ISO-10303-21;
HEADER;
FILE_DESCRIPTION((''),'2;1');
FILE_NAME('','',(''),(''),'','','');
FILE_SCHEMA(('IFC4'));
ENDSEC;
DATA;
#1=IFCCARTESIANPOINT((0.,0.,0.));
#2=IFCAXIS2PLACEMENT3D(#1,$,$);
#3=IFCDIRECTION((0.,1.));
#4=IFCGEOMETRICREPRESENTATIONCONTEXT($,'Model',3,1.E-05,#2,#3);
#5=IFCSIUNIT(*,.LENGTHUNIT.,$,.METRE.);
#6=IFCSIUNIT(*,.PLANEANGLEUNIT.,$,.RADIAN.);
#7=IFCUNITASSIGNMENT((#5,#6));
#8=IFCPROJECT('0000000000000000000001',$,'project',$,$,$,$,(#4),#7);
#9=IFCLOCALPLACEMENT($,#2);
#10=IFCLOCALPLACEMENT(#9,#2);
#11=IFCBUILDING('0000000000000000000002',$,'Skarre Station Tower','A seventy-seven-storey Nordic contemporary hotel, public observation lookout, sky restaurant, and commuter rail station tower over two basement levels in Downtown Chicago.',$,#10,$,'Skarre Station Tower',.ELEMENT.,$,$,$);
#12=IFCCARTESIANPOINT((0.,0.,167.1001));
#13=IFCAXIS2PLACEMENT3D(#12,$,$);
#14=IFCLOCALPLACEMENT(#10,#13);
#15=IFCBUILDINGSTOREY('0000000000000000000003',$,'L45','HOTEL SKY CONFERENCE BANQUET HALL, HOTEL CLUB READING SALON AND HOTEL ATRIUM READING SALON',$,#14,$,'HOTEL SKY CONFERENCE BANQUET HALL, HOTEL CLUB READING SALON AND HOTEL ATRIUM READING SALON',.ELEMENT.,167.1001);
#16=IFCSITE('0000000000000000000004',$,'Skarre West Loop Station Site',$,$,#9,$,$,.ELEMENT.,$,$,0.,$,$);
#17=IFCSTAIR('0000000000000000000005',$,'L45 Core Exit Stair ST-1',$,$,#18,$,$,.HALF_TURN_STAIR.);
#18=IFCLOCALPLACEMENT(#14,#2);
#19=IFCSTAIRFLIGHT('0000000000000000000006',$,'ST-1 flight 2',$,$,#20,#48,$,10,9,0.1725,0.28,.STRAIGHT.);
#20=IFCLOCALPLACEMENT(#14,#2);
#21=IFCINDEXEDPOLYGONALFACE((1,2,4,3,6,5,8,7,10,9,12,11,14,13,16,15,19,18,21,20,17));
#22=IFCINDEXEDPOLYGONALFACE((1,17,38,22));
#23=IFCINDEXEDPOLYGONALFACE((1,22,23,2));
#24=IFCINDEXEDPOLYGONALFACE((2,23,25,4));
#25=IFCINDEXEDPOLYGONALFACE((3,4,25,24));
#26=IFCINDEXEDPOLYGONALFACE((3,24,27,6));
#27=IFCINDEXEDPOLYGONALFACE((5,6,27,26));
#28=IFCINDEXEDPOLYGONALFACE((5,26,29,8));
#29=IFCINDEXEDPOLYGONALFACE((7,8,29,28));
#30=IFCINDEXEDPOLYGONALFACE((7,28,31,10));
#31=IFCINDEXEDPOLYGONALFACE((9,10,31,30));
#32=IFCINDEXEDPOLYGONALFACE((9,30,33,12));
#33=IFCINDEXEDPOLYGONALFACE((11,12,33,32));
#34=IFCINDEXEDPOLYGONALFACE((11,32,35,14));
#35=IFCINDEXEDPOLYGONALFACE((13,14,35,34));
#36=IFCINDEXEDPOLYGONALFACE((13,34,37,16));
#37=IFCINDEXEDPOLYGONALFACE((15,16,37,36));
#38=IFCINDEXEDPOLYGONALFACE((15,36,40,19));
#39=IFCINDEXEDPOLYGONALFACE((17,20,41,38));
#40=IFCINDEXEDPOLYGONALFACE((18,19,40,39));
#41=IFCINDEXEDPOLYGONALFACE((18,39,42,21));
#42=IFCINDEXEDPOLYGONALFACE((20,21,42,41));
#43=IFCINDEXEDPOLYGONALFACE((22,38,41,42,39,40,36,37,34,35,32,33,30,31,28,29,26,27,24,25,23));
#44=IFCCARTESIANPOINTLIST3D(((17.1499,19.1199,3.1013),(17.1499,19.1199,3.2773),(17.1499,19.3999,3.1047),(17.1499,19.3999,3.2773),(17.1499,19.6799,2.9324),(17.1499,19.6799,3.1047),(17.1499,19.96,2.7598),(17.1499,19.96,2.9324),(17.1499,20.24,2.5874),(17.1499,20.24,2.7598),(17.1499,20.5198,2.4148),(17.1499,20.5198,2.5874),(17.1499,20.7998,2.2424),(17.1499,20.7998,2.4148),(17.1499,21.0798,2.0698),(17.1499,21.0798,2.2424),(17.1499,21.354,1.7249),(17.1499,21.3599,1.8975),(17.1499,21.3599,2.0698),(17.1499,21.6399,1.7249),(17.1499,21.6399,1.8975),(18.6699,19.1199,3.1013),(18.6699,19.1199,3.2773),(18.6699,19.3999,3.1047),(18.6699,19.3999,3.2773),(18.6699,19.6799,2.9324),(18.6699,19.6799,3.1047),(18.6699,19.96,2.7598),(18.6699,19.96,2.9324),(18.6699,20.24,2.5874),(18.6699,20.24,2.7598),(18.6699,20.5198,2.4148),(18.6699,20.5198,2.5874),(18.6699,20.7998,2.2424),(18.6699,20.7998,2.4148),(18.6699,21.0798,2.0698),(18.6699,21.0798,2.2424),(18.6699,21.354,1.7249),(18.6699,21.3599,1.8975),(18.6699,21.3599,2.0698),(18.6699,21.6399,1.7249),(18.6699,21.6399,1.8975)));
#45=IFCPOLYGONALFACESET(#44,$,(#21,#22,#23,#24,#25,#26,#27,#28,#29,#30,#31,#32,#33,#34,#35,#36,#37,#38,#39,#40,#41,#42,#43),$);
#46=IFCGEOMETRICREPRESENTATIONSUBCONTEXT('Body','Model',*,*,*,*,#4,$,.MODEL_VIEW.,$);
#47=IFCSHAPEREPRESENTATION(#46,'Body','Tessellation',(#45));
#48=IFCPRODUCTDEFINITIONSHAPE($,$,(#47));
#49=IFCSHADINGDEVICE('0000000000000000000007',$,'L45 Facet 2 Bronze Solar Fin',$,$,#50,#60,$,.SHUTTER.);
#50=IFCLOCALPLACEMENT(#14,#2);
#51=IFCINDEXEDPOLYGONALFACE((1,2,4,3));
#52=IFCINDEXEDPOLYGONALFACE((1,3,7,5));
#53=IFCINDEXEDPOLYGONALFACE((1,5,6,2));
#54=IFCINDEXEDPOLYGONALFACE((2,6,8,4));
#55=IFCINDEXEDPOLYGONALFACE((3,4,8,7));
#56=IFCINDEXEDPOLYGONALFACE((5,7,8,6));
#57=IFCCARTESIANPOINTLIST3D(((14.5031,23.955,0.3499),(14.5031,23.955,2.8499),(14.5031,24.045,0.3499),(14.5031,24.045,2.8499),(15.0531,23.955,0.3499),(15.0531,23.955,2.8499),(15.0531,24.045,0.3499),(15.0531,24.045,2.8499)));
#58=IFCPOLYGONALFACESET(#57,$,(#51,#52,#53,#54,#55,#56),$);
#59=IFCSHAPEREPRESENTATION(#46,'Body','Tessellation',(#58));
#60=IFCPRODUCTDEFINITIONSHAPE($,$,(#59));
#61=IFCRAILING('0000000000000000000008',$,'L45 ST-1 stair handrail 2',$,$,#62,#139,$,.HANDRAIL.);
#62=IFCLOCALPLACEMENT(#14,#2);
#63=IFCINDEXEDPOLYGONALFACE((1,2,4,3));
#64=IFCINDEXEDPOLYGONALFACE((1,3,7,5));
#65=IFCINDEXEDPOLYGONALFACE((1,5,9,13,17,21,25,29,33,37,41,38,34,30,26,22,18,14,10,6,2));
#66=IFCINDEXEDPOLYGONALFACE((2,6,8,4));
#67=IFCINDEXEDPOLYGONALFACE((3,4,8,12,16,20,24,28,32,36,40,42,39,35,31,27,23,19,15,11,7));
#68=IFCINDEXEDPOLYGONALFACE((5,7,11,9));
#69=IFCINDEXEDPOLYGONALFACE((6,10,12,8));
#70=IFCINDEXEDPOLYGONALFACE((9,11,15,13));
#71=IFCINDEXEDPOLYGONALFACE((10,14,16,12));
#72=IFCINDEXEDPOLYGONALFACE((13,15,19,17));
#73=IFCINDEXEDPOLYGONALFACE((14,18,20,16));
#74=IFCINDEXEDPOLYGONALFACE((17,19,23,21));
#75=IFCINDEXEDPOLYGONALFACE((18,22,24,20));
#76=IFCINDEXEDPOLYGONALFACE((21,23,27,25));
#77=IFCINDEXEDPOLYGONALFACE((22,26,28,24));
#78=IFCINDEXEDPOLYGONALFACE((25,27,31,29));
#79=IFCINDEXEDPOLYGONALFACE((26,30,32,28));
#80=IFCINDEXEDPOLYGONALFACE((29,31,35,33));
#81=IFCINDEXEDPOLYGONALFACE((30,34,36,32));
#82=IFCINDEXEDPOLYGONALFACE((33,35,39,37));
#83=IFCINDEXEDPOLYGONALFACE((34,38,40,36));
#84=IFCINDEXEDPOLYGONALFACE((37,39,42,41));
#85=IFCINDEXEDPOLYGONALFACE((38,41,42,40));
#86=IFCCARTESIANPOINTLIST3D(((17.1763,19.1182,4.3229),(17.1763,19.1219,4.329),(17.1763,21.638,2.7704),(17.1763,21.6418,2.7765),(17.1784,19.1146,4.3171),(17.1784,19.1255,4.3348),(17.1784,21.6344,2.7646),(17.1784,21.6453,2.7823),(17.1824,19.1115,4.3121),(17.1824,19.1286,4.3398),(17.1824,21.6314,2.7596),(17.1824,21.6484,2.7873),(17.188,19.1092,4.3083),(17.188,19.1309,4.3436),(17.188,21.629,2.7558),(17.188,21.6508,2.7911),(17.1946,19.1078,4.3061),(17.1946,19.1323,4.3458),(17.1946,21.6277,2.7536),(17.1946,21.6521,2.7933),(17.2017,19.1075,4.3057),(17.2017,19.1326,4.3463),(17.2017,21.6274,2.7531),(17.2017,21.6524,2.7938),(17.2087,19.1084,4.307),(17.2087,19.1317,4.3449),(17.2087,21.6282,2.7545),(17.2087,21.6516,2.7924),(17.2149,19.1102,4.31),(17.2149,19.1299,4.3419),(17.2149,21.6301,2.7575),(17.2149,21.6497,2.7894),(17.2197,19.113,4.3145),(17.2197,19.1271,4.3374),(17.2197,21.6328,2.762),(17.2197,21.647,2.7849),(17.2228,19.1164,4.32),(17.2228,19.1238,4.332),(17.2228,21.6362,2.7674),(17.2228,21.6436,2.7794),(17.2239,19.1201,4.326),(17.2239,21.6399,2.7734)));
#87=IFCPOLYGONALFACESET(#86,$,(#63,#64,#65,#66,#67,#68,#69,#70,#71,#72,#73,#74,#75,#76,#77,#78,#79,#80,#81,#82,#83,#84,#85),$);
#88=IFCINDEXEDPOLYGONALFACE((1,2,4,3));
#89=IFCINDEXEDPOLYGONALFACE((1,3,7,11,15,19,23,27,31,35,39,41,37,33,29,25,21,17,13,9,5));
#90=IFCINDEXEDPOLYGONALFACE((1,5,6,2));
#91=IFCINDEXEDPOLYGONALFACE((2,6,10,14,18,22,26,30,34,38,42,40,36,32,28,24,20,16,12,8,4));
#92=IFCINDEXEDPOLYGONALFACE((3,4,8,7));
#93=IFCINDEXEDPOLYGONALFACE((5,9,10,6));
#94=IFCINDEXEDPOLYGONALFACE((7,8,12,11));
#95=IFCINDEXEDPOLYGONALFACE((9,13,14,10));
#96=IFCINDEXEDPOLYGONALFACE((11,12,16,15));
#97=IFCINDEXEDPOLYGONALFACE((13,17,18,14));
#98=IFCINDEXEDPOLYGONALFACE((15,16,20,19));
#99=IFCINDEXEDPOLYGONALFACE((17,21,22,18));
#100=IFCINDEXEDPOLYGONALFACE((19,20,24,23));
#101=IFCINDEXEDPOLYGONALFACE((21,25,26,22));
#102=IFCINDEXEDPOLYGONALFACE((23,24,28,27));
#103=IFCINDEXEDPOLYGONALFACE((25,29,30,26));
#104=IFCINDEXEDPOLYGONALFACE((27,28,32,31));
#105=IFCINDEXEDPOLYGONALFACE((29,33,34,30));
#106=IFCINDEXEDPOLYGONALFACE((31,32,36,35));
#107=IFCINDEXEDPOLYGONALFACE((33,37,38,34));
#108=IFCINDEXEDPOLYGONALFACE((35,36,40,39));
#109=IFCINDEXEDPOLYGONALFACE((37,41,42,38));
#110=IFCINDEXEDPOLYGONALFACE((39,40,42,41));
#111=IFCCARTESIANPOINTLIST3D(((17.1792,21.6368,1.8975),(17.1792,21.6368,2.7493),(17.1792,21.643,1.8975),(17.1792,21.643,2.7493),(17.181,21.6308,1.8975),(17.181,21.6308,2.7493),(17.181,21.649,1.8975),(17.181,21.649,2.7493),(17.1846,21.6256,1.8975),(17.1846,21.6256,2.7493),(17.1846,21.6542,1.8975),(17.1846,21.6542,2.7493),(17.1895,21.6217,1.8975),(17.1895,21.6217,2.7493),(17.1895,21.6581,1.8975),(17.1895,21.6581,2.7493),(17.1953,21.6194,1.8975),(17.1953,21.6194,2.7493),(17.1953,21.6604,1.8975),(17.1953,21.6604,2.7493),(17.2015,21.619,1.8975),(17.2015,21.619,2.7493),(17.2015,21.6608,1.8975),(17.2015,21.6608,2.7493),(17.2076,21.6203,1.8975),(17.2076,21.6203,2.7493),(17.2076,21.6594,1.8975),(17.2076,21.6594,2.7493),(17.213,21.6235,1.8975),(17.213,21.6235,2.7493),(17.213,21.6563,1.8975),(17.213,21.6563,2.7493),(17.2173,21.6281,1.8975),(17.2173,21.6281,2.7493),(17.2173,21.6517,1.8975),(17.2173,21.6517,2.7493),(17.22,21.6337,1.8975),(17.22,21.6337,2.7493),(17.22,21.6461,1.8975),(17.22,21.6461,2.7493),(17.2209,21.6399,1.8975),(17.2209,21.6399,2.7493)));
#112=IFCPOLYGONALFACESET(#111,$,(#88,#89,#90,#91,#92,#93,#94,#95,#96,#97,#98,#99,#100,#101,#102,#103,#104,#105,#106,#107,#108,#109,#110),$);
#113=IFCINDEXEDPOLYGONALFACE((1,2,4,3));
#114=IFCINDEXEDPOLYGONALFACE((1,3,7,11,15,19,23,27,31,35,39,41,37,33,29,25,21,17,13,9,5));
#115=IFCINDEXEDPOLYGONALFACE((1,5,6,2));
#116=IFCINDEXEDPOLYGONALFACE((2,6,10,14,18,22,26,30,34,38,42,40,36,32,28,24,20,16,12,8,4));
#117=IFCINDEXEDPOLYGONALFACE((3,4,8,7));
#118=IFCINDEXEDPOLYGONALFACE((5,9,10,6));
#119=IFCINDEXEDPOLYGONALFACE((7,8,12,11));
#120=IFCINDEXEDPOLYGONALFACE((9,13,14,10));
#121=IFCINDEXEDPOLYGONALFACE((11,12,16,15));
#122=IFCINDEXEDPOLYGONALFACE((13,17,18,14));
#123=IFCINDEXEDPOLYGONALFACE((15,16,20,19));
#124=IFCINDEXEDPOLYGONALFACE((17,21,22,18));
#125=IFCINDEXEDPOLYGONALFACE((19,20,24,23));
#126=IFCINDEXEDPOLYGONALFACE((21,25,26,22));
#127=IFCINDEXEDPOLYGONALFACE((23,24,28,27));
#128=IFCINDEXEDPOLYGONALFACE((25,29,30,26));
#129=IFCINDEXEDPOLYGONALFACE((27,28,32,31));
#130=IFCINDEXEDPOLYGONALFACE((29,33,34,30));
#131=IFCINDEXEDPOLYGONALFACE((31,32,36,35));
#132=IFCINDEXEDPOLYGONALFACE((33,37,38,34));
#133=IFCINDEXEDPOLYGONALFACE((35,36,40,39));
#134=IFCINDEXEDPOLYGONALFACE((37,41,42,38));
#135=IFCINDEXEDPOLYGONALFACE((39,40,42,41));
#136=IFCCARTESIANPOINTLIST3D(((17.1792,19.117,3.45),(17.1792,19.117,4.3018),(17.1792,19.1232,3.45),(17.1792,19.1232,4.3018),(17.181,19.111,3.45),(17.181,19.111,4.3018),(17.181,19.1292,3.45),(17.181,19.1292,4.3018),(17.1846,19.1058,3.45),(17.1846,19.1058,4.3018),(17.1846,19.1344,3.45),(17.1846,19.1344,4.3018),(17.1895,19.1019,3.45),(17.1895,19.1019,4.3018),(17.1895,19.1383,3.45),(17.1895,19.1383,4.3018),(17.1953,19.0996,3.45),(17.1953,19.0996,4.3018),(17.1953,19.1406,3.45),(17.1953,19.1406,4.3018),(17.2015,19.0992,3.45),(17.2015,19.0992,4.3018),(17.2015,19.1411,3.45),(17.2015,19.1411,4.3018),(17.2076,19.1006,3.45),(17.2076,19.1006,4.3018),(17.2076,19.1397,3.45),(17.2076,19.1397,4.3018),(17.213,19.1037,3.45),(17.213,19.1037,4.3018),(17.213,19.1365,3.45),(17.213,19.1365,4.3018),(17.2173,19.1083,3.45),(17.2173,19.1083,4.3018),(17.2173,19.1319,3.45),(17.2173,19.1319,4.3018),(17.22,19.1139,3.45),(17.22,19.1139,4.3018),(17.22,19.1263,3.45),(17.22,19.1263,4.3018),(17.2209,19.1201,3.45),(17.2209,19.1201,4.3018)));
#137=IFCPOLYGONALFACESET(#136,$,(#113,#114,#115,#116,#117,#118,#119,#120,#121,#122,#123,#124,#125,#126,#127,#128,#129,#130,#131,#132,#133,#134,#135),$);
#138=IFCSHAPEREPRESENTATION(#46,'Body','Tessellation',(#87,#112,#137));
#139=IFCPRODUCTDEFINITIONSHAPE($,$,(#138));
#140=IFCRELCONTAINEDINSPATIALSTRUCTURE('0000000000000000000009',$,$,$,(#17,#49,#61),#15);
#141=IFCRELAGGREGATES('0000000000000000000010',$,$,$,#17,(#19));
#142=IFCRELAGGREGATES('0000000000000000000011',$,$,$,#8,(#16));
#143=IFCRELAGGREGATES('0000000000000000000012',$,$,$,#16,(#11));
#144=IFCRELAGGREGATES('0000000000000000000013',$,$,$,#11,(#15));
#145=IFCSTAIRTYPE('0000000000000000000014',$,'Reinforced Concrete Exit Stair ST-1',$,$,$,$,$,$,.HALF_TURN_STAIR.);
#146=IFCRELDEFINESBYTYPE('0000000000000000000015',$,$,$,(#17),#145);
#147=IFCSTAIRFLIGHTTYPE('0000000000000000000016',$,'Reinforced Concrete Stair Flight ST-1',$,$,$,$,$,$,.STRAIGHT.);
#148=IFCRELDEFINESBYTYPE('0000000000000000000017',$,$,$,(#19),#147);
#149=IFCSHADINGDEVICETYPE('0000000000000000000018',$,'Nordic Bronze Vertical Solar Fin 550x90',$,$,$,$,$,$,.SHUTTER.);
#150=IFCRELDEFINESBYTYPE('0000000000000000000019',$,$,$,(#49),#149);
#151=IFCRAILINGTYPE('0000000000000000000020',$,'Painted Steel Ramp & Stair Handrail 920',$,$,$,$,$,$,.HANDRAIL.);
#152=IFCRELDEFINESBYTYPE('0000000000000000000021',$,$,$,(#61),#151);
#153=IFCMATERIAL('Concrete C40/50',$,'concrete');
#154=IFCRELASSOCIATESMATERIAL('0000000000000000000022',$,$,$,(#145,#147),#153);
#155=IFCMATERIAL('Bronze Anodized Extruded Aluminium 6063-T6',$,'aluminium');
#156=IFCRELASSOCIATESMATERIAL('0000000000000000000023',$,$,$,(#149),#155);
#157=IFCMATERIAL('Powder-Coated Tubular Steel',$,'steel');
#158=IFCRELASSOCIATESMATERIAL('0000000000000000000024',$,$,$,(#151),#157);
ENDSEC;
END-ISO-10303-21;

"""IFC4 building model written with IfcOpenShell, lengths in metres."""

from ifc_helpers import new_model, si_unit, direction, frame, origin, origin_2d, place, context, subcontext, project, spatial, polyline, rectangle, circle, outline, extrude, material, type_object, element, aggregate, save


model = new_model("IFC4")

# Units and contexts
model_context = context("Model", 3, precision=1e-05, world=origin(), true_north=direction((0.0, 1.0)))
body_context = subcontext(model_context, "Body", "Model", "MODEL_VIEW")
ifc_project = project(units=[si_unit("LENGTHUNIT", "METRE"), si_unit("PLANEANGLEUNIT", "RADIAN")], contexts=[model_context])

# Site, building, storey
site_placement = place(None, origin())
site = spatial("IfcSite", under=ifc_project, at=site_placement, Name="Skarre West Loop Station Site", CompositionType="ELEMENT", RefElevation=0.0)
building_placement = place(site_placement, origin())
building = spatial("IfcBuilding", under=site, at=building_placement, Name="Skarre Station Tower", Description="A seventy-seven-storey Nordic contemporary hotel, public observation lookout, sky restaurant, and commuter rail station tower over two basement levels in Downtown Chicago.", LongName="Skarre Station Tower", CompositionType="ELEMENT")
storey_placement = place(building_placement, frame((0.0, 0.0, 167.1001)))
storey = spatial("IfcBuildingStorey", under=building, at=storey_placement, Name="L45", Description="HOTEL SKY CONFERENCE BANQUET HALL, HOTEL CLUB READING SALON AND HOTEL ATRIUM READING SALON", LongName="HOTEL SKY CONFERENCE BANQUET HALL, HOTEL CLUB READING SALON AND HOTEL ATRIUM READING SALON", CompositionType="ELEMENT", Elevation=167.1001)

# Stair, stair flight
ifc_material_1 = material(Name="Concrete C40/50", Category="concrete")
stair_type = type_object("IfcStairType", Name="Reinforced Concrete Exit Stair ST-1", PredefinedType="HALF_TURN_STAIR", material=ifc_material_1)
stair_placement = place(storey_placement, origin())
stair = element("IfcStair", 1, at=stair_placement, inside=storey, type_object=stair_type, Name="L45 Core Exit Stair ST-1", PredefinedType="HALF_TURN_STAIR")
stair_flight_type = type_object("IfcStairFlightType", Name="Reinforced Concrete Stair Flight ST-1", PredefinedType="STRAIGHT", material=ifc_material_1)
stair_flight_placement = place(storey_placement, frame((17.9099, 21.6399, 1.7249), z_axis=(0.0, 0.0, 1.0), x_axis=(0.0, -1.0, 0.0)))
stair_flight = element("IfcStairFlight", 2, at=stair_flight_placement, type_object=stair_flight_type, Name="ST-1 flight 2", NumberOfRisers=10, NumberOfTreads=9, PredefinedType="STRAIGHT", RiserHeight=0.1725, TreadLength=0.28, context=body_context, shape_type="SweptSolid", body=[
    extrude(outline(polyline([(0.0, 0.0), (0.0, 0.1726), (0.28, 0.1726), (0.28, 0.345), (0.5601, 0.345), (0.5601, 0.5176), (0.8401, 0.5176), (0.8401, 0.6899), (1.1201, 0.6899), (1.1201, 0.8625), (1.3999, 0.8625), (1.3999, 1.0349), (1.6799, 1.0349), (1.6799, 1.2075), (1.96, 1.2075), (1.96, 1.3799), (2.24, 1.3799), (2.24, 1.5525), (2.52, 1.5525), (2.52, 1.7251), (2.52, 1.3765), (0.2859, 0.0), (0.0, 0.0)])), frame((0.0, 0.76, 0.0), z_axis=(0.0, -1.0, 0.0), x_axis=(1.0, 0.0, 0.0)), (0.0, 0.0, 1.0), 1.52),
])
aggregate(stair, [stair_flight])

# Shading device
ifc_material_2 = material(Name="Bronze Anodized Extruded Aluminium 6063-T6", Category="aluminium")
shading_device_type = type_object("IfcShadingDeviceType", Name="Nordic Bronze Vertical Solar Fin 550x90", PredefinedType="SHUTTER", material=ifc_material_2)
shading_device_placement = place(storey_placement, frame((14.7781, 24.0, 0.3499), z_axis=(0.0, 0.0, 1.0), x_axis=(-1.0, 0.0, 0.0)))
element("IfcShadingDevice", 3, at=shading_device_placement, inside=storey, type_object=shading_device_type, Name="L45 Facet 2 Bronze Solar Fin", PredefinedType="SHUTTER", context=body_context, shape_type="SweptSolid", body=[
    extrude(rectangle(XDim=0.55, YDim=0.0901, at=origin_2d()), origin(), (0.0, 0.0, 1.0), 2.5),
])

# Railing
ifc_material_3 = material(Name="Powder-Coated Tubular Steel", Category="steel")
railing_type_1 = type_object("IfcRailingType", Name="Painted Steel Ramp & Stair Handrail 920", PredefinedType="HANDRAIL", material=ifc_material_3)
railing_1_placement = place(storey_placement, frame((17.2, 21.6399, 1.8975)))
element("IfcRailing", 4, at=railing_1_placement, inside=storey, type_object=railing_type_1, Name="L45 ST-1 stair handrail 2", PredefinedType="HANDRAIL", context=body_context, shape_type="SweptSolid", body=[
    extrude(circle(Radius=0.0239, at=origin_2d()), frame((0.0, 0.0, 0.876), z_axis=(0.0, -0.851378, 0.524553), x_axis=(1.0, 0.0, 0.0)), (0.0, 0.0, 1.0), 2.9597),
    extrude(circle(Radius=0.021, at=origin_2d()), origin(), (0.0, 0.0, 1.0), 0.8518),
    extrude(circle(Radius=0.021, at=origin_2d()), frame((0.0, -2.5198, 1.5525)), (0.0, 0.0, 1.0), 0.8518),
])

save(model, "model.ifc")
